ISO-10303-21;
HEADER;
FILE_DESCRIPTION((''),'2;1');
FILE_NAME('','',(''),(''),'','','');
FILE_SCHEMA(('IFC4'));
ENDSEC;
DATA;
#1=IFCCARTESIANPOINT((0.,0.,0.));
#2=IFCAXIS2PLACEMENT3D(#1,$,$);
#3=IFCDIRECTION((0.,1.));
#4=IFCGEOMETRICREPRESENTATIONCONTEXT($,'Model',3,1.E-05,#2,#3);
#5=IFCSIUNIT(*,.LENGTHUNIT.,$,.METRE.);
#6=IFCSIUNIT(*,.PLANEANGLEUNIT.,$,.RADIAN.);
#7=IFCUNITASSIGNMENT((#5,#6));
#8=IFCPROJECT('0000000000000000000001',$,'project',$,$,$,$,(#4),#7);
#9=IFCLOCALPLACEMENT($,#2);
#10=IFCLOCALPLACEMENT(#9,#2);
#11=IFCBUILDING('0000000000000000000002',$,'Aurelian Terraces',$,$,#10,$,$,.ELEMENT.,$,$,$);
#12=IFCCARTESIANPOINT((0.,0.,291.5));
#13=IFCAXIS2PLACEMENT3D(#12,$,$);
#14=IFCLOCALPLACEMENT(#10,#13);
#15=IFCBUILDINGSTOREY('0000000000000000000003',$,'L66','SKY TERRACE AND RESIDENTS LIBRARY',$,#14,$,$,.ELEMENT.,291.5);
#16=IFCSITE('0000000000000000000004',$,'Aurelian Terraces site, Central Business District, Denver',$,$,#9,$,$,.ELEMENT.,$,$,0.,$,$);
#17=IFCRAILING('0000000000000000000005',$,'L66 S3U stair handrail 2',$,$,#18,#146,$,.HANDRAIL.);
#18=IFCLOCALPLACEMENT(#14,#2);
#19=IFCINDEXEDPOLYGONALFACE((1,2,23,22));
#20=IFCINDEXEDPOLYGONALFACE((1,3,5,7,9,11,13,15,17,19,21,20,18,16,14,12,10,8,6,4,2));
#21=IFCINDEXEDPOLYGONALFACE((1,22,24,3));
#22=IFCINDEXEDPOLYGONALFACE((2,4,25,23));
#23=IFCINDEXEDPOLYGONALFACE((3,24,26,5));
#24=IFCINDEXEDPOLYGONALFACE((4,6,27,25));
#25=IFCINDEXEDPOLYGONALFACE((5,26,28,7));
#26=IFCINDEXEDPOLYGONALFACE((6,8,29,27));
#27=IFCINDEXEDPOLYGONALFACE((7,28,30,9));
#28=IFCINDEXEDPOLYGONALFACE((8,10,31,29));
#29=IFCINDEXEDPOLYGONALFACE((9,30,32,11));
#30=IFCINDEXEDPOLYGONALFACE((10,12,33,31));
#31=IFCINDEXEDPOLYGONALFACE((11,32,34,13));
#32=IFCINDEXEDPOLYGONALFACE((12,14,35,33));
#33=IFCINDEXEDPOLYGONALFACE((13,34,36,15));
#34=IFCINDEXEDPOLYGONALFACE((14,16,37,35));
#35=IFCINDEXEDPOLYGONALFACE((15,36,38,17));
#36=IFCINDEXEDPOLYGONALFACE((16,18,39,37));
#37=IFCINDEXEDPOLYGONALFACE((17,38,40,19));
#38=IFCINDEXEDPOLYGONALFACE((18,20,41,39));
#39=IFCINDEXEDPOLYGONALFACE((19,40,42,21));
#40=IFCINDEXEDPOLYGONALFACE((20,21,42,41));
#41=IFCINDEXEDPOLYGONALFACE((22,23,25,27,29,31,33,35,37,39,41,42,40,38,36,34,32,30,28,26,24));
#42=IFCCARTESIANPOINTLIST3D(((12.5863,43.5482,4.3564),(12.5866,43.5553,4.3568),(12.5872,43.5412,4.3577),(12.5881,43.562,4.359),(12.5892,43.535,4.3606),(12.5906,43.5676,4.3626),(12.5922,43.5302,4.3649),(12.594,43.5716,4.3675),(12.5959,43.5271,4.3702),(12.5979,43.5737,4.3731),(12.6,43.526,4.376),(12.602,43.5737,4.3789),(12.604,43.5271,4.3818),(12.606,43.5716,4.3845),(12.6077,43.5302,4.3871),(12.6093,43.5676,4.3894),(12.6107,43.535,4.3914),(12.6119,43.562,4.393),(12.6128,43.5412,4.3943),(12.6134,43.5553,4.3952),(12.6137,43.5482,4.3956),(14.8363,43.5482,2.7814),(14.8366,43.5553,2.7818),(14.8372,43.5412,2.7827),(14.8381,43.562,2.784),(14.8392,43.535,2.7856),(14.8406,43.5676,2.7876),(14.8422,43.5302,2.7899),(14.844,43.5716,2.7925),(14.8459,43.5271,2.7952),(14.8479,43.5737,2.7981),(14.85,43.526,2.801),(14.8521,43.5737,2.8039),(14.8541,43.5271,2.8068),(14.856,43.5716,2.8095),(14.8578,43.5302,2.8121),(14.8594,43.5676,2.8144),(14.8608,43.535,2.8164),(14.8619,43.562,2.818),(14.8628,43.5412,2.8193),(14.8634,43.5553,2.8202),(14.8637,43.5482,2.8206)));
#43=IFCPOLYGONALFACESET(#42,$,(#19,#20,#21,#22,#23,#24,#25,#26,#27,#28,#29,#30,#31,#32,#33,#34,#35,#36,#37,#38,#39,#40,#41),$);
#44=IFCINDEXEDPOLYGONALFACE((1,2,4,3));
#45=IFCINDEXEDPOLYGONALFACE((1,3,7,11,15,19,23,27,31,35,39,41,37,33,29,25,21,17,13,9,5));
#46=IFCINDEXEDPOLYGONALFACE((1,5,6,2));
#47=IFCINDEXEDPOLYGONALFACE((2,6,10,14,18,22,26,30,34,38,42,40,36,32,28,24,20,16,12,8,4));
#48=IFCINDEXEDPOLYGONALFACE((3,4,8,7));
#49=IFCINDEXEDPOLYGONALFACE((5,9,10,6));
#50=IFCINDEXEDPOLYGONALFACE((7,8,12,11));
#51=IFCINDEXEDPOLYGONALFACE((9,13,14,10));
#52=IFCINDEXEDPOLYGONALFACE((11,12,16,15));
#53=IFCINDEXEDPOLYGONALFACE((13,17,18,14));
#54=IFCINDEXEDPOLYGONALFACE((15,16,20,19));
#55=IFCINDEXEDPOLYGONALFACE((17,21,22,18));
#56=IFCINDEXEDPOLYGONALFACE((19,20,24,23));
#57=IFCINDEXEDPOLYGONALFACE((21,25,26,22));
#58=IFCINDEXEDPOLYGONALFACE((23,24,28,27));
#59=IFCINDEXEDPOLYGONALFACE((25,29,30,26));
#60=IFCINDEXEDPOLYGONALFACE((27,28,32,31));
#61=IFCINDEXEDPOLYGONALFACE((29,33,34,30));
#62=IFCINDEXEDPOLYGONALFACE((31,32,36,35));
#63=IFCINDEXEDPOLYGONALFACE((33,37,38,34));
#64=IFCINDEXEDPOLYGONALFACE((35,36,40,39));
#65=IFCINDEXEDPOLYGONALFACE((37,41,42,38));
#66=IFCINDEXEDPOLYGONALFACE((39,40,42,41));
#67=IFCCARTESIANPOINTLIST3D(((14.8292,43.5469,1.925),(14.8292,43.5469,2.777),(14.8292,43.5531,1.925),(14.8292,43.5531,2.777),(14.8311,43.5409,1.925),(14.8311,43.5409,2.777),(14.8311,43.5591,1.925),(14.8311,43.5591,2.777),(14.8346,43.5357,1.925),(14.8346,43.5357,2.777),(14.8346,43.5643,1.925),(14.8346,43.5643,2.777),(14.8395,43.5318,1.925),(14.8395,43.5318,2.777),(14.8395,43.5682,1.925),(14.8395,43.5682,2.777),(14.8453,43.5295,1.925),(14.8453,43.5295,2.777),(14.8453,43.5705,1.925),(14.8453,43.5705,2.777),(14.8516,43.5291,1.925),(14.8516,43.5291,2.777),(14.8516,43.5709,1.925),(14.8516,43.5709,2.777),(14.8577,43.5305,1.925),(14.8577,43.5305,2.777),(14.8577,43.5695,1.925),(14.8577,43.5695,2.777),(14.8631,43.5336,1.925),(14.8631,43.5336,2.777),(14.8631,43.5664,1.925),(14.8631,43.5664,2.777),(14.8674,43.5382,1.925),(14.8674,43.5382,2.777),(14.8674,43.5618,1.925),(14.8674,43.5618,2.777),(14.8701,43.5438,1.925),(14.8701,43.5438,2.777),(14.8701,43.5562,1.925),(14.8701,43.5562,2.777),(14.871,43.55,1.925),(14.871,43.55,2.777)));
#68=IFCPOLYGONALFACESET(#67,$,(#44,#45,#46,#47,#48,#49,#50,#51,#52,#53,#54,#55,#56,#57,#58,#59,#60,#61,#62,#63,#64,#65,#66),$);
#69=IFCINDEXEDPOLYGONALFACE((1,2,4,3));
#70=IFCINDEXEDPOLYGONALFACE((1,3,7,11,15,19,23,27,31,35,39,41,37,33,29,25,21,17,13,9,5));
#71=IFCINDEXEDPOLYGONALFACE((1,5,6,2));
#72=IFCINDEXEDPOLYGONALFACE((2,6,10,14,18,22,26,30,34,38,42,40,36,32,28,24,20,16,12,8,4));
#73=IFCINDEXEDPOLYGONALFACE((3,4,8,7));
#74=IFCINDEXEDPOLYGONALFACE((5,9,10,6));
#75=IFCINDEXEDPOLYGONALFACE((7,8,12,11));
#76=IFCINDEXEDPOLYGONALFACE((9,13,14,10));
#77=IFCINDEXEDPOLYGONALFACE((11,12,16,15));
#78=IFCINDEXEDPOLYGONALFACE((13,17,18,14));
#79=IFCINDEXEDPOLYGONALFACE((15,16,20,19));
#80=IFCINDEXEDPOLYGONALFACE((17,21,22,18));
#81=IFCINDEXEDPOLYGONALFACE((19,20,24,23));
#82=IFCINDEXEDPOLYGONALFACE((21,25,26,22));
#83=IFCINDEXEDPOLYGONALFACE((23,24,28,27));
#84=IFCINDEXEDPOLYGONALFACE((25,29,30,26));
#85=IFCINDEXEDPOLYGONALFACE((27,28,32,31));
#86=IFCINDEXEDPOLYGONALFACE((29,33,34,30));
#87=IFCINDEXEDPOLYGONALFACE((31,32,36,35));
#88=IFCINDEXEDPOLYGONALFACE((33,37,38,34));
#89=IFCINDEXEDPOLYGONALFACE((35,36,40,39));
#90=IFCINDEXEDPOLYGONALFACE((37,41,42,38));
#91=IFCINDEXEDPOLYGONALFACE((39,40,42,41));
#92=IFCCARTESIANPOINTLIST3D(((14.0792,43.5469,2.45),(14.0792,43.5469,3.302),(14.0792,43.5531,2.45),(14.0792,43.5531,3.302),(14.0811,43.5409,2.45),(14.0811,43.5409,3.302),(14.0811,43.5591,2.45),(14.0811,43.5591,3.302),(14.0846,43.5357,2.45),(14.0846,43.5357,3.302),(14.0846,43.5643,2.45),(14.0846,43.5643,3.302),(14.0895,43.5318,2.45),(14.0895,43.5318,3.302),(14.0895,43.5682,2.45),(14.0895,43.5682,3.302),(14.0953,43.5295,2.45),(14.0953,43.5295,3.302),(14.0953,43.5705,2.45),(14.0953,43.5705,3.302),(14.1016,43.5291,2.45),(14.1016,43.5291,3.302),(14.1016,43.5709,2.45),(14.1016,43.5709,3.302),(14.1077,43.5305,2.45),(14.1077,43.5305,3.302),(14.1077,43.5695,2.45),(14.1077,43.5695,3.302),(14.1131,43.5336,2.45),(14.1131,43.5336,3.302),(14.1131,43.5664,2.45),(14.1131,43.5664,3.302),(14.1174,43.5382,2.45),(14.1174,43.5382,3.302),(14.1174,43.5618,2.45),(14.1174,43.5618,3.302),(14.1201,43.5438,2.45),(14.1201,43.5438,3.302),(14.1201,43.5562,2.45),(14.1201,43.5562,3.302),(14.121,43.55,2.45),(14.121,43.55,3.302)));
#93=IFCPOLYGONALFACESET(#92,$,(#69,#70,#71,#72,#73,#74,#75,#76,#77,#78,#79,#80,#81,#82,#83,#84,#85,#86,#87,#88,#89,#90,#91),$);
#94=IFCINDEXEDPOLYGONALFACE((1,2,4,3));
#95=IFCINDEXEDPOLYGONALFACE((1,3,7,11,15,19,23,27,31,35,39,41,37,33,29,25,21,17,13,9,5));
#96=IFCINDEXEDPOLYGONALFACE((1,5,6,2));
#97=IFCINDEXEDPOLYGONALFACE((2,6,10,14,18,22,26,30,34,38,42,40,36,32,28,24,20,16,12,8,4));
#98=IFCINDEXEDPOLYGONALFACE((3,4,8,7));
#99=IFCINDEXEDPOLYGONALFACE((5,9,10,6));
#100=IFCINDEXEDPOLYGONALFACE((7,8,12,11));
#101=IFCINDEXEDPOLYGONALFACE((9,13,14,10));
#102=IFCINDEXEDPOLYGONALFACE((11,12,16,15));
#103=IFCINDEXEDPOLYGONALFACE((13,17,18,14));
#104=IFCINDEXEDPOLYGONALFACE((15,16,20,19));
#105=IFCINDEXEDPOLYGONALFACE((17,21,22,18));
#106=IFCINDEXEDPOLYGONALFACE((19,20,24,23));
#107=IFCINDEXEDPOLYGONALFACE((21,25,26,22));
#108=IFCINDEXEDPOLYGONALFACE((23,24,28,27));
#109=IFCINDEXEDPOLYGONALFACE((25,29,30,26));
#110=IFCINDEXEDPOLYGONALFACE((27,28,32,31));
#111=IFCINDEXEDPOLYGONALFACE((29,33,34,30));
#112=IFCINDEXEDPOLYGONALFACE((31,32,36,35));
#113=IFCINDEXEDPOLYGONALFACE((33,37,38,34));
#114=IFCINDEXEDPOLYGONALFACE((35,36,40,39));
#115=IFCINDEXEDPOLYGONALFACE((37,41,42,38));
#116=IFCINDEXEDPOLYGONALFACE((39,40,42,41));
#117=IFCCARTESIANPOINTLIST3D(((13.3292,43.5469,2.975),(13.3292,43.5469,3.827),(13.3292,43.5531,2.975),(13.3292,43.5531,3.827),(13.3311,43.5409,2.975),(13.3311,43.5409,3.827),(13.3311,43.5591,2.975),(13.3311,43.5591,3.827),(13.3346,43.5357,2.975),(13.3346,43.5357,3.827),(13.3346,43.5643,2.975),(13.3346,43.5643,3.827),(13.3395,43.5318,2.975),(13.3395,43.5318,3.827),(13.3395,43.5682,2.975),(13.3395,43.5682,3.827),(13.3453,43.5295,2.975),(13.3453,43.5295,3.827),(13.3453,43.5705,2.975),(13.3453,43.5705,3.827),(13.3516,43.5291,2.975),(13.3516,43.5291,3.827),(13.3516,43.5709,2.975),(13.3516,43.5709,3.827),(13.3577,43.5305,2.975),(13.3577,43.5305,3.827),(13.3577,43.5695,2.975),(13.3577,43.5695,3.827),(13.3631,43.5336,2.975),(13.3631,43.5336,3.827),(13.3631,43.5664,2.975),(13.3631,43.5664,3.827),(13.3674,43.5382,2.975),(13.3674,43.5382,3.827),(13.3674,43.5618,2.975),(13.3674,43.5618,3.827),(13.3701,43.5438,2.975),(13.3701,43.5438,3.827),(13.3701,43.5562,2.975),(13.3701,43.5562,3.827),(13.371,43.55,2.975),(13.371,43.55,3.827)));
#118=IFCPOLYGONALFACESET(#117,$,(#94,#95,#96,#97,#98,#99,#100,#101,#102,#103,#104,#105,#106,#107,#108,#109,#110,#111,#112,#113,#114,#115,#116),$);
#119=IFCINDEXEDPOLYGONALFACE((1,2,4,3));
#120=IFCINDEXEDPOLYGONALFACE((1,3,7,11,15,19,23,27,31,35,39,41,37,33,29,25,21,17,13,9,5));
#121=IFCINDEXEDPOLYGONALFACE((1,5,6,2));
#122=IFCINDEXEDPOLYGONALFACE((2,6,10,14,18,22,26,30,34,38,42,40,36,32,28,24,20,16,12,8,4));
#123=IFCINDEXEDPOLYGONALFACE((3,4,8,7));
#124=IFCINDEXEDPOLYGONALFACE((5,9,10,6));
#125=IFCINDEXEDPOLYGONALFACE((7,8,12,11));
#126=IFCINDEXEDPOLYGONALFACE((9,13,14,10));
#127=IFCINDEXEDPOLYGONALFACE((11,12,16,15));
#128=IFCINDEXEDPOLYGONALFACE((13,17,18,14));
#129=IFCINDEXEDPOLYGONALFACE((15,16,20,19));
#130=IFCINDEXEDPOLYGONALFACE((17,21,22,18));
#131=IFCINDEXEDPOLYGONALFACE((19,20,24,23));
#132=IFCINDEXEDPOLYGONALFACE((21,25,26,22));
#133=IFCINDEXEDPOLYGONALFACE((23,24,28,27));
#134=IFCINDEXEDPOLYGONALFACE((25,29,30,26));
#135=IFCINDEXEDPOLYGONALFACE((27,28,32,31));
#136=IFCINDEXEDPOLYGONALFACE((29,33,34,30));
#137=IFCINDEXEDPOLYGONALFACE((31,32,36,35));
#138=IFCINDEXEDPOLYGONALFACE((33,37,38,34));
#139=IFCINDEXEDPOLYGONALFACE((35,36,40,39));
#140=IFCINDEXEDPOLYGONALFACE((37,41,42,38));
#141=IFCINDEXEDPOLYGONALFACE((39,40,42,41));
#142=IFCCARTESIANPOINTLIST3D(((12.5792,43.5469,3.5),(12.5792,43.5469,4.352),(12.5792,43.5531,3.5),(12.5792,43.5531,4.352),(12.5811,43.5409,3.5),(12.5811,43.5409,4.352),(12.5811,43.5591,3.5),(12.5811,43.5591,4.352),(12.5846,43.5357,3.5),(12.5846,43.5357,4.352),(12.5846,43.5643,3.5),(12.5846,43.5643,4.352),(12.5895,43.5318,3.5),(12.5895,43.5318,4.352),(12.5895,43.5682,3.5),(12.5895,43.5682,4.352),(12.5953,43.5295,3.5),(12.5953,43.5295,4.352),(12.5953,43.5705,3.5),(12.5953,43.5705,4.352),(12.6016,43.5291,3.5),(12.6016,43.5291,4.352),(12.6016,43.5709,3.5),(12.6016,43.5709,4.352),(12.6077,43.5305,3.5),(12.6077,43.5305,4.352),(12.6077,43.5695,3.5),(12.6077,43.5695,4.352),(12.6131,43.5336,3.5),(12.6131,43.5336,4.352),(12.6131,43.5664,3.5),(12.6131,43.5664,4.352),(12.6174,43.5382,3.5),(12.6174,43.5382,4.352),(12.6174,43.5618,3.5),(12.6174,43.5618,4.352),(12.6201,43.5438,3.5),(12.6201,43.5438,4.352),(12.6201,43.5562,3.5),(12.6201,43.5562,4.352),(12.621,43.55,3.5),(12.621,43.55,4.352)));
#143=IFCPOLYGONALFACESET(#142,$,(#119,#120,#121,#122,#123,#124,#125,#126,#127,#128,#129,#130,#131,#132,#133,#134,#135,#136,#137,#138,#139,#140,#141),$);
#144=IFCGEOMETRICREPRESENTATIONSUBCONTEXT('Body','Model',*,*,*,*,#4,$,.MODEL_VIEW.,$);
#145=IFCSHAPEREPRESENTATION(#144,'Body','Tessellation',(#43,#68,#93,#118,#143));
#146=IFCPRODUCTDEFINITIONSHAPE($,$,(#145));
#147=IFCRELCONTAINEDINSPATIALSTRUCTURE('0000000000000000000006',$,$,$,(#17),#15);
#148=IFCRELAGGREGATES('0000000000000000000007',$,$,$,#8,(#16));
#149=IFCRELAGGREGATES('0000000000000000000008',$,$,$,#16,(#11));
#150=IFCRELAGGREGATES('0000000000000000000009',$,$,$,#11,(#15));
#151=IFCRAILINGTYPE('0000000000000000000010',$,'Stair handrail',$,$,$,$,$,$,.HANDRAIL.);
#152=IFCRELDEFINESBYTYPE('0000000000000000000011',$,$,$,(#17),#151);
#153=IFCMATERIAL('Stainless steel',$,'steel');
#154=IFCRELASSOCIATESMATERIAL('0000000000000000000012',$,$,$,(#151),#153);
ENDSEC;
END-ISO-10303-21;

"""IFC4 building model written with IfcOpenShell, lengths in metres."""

from ifc_helpers import new_model, si_unit, direction, frame, origin, origin_2d, place, context, subcontext, project, spatial, circle, extrude, source, transform, mapped, material, type_object, element, save


model = new_model("IFC4")

# Units and contexts
model_context = context("Model", 3, precision=1e-05, world=origin(), true_north=direction((0.0, 1.0)))
body_context = subcontext(model_context, "Body", "Model", "MODEL_VIEW")
ifc_project = project(units=[si_unit("LENGTHUNIT", "METRE"), si_unit("PLANEANGLEUNIT", "RADIAN")], contexts=[model_context])

# Site, building, storey
site_placement = place(None, origin())
site = spatial("IfcSite", under=ifc_project, at=site_placement, Name="Aurelian Terraces site, Central Business District, Denver", CompositionType="ELEMENT", RefElevation=0.0)
building_placement = place(site_placement, origin())
building = spatial("IfcBuilding", under=site, at=building_placement, Name="Aurelian Terraces", CompositionType="ELEMENT")
storey_placement = place(building_placement, frame((0.0, 0.0, 291.5)))
storey = spatial("IfcBuildingStorey", under=building, at=storey_placement, Name="L66", Description="SKY TERRACE AND RESIDENTS LIBRARY", CompositionType="ELEMENT", Elevation=291.5)

# Railing
ifc_material_1 = material(Name="Stainless steel", Category="steel")
railing_type_1 = type_object("IfcRailingType", Name="Stair handrail", PredefinedType="HANDRAIL", material=ifc_material_1)
shared_shape_1 = source(origin(), body_context, "Body", "SweptSolid", [
    extrude(circle(Radius=0.024, at=origin_2d()), frame((0.0, 0.0, 0.876), z_axis=(-0.819232, 0.0, 0.573462), x_axis=(0.0, -1.0, 0.0)), (0.0, 0.0, 1.0), 2.7465),
    extrude(circle(Radius=0.021, at=origin_2d()), origin(), (0.0, 0.0, 1.0), 0.852),
    extrude(circle(Radius=0.021, at=origin_2d()), frame((-0.75, 0.0, 0.525)), (0.0, 0.0, 1.0), 0.852),
    extrude(circle(Radius=0.021, at=origin_2d()), frame((-1.5, 0.0, 1.05)), (0.0, 0.0, 1.0), 0.852),
    extrude(circle(Radius=0.021, at=origin_2d()), frame((-2.25, 0.0, 1.575)), (0.0, 0.0, 1.0), 0.852),
])
railing_1_placement = place(storey_placement, frame((14.85, 43.55, 1.925)))
element("IfcRailing", 1, at=railing_1_placement, inside=storey, type_object=railing_type_1, Name="L66 S3U stair handrail 2", PredefinedType="HANDRAIL", context=body_context, shape_type="MappedRepresentation", body=[
    mapped(shared_shape_1, transform((0.0, 0.0, 0.0), scale=1.0)),
])

save(model, "model.ifc")
